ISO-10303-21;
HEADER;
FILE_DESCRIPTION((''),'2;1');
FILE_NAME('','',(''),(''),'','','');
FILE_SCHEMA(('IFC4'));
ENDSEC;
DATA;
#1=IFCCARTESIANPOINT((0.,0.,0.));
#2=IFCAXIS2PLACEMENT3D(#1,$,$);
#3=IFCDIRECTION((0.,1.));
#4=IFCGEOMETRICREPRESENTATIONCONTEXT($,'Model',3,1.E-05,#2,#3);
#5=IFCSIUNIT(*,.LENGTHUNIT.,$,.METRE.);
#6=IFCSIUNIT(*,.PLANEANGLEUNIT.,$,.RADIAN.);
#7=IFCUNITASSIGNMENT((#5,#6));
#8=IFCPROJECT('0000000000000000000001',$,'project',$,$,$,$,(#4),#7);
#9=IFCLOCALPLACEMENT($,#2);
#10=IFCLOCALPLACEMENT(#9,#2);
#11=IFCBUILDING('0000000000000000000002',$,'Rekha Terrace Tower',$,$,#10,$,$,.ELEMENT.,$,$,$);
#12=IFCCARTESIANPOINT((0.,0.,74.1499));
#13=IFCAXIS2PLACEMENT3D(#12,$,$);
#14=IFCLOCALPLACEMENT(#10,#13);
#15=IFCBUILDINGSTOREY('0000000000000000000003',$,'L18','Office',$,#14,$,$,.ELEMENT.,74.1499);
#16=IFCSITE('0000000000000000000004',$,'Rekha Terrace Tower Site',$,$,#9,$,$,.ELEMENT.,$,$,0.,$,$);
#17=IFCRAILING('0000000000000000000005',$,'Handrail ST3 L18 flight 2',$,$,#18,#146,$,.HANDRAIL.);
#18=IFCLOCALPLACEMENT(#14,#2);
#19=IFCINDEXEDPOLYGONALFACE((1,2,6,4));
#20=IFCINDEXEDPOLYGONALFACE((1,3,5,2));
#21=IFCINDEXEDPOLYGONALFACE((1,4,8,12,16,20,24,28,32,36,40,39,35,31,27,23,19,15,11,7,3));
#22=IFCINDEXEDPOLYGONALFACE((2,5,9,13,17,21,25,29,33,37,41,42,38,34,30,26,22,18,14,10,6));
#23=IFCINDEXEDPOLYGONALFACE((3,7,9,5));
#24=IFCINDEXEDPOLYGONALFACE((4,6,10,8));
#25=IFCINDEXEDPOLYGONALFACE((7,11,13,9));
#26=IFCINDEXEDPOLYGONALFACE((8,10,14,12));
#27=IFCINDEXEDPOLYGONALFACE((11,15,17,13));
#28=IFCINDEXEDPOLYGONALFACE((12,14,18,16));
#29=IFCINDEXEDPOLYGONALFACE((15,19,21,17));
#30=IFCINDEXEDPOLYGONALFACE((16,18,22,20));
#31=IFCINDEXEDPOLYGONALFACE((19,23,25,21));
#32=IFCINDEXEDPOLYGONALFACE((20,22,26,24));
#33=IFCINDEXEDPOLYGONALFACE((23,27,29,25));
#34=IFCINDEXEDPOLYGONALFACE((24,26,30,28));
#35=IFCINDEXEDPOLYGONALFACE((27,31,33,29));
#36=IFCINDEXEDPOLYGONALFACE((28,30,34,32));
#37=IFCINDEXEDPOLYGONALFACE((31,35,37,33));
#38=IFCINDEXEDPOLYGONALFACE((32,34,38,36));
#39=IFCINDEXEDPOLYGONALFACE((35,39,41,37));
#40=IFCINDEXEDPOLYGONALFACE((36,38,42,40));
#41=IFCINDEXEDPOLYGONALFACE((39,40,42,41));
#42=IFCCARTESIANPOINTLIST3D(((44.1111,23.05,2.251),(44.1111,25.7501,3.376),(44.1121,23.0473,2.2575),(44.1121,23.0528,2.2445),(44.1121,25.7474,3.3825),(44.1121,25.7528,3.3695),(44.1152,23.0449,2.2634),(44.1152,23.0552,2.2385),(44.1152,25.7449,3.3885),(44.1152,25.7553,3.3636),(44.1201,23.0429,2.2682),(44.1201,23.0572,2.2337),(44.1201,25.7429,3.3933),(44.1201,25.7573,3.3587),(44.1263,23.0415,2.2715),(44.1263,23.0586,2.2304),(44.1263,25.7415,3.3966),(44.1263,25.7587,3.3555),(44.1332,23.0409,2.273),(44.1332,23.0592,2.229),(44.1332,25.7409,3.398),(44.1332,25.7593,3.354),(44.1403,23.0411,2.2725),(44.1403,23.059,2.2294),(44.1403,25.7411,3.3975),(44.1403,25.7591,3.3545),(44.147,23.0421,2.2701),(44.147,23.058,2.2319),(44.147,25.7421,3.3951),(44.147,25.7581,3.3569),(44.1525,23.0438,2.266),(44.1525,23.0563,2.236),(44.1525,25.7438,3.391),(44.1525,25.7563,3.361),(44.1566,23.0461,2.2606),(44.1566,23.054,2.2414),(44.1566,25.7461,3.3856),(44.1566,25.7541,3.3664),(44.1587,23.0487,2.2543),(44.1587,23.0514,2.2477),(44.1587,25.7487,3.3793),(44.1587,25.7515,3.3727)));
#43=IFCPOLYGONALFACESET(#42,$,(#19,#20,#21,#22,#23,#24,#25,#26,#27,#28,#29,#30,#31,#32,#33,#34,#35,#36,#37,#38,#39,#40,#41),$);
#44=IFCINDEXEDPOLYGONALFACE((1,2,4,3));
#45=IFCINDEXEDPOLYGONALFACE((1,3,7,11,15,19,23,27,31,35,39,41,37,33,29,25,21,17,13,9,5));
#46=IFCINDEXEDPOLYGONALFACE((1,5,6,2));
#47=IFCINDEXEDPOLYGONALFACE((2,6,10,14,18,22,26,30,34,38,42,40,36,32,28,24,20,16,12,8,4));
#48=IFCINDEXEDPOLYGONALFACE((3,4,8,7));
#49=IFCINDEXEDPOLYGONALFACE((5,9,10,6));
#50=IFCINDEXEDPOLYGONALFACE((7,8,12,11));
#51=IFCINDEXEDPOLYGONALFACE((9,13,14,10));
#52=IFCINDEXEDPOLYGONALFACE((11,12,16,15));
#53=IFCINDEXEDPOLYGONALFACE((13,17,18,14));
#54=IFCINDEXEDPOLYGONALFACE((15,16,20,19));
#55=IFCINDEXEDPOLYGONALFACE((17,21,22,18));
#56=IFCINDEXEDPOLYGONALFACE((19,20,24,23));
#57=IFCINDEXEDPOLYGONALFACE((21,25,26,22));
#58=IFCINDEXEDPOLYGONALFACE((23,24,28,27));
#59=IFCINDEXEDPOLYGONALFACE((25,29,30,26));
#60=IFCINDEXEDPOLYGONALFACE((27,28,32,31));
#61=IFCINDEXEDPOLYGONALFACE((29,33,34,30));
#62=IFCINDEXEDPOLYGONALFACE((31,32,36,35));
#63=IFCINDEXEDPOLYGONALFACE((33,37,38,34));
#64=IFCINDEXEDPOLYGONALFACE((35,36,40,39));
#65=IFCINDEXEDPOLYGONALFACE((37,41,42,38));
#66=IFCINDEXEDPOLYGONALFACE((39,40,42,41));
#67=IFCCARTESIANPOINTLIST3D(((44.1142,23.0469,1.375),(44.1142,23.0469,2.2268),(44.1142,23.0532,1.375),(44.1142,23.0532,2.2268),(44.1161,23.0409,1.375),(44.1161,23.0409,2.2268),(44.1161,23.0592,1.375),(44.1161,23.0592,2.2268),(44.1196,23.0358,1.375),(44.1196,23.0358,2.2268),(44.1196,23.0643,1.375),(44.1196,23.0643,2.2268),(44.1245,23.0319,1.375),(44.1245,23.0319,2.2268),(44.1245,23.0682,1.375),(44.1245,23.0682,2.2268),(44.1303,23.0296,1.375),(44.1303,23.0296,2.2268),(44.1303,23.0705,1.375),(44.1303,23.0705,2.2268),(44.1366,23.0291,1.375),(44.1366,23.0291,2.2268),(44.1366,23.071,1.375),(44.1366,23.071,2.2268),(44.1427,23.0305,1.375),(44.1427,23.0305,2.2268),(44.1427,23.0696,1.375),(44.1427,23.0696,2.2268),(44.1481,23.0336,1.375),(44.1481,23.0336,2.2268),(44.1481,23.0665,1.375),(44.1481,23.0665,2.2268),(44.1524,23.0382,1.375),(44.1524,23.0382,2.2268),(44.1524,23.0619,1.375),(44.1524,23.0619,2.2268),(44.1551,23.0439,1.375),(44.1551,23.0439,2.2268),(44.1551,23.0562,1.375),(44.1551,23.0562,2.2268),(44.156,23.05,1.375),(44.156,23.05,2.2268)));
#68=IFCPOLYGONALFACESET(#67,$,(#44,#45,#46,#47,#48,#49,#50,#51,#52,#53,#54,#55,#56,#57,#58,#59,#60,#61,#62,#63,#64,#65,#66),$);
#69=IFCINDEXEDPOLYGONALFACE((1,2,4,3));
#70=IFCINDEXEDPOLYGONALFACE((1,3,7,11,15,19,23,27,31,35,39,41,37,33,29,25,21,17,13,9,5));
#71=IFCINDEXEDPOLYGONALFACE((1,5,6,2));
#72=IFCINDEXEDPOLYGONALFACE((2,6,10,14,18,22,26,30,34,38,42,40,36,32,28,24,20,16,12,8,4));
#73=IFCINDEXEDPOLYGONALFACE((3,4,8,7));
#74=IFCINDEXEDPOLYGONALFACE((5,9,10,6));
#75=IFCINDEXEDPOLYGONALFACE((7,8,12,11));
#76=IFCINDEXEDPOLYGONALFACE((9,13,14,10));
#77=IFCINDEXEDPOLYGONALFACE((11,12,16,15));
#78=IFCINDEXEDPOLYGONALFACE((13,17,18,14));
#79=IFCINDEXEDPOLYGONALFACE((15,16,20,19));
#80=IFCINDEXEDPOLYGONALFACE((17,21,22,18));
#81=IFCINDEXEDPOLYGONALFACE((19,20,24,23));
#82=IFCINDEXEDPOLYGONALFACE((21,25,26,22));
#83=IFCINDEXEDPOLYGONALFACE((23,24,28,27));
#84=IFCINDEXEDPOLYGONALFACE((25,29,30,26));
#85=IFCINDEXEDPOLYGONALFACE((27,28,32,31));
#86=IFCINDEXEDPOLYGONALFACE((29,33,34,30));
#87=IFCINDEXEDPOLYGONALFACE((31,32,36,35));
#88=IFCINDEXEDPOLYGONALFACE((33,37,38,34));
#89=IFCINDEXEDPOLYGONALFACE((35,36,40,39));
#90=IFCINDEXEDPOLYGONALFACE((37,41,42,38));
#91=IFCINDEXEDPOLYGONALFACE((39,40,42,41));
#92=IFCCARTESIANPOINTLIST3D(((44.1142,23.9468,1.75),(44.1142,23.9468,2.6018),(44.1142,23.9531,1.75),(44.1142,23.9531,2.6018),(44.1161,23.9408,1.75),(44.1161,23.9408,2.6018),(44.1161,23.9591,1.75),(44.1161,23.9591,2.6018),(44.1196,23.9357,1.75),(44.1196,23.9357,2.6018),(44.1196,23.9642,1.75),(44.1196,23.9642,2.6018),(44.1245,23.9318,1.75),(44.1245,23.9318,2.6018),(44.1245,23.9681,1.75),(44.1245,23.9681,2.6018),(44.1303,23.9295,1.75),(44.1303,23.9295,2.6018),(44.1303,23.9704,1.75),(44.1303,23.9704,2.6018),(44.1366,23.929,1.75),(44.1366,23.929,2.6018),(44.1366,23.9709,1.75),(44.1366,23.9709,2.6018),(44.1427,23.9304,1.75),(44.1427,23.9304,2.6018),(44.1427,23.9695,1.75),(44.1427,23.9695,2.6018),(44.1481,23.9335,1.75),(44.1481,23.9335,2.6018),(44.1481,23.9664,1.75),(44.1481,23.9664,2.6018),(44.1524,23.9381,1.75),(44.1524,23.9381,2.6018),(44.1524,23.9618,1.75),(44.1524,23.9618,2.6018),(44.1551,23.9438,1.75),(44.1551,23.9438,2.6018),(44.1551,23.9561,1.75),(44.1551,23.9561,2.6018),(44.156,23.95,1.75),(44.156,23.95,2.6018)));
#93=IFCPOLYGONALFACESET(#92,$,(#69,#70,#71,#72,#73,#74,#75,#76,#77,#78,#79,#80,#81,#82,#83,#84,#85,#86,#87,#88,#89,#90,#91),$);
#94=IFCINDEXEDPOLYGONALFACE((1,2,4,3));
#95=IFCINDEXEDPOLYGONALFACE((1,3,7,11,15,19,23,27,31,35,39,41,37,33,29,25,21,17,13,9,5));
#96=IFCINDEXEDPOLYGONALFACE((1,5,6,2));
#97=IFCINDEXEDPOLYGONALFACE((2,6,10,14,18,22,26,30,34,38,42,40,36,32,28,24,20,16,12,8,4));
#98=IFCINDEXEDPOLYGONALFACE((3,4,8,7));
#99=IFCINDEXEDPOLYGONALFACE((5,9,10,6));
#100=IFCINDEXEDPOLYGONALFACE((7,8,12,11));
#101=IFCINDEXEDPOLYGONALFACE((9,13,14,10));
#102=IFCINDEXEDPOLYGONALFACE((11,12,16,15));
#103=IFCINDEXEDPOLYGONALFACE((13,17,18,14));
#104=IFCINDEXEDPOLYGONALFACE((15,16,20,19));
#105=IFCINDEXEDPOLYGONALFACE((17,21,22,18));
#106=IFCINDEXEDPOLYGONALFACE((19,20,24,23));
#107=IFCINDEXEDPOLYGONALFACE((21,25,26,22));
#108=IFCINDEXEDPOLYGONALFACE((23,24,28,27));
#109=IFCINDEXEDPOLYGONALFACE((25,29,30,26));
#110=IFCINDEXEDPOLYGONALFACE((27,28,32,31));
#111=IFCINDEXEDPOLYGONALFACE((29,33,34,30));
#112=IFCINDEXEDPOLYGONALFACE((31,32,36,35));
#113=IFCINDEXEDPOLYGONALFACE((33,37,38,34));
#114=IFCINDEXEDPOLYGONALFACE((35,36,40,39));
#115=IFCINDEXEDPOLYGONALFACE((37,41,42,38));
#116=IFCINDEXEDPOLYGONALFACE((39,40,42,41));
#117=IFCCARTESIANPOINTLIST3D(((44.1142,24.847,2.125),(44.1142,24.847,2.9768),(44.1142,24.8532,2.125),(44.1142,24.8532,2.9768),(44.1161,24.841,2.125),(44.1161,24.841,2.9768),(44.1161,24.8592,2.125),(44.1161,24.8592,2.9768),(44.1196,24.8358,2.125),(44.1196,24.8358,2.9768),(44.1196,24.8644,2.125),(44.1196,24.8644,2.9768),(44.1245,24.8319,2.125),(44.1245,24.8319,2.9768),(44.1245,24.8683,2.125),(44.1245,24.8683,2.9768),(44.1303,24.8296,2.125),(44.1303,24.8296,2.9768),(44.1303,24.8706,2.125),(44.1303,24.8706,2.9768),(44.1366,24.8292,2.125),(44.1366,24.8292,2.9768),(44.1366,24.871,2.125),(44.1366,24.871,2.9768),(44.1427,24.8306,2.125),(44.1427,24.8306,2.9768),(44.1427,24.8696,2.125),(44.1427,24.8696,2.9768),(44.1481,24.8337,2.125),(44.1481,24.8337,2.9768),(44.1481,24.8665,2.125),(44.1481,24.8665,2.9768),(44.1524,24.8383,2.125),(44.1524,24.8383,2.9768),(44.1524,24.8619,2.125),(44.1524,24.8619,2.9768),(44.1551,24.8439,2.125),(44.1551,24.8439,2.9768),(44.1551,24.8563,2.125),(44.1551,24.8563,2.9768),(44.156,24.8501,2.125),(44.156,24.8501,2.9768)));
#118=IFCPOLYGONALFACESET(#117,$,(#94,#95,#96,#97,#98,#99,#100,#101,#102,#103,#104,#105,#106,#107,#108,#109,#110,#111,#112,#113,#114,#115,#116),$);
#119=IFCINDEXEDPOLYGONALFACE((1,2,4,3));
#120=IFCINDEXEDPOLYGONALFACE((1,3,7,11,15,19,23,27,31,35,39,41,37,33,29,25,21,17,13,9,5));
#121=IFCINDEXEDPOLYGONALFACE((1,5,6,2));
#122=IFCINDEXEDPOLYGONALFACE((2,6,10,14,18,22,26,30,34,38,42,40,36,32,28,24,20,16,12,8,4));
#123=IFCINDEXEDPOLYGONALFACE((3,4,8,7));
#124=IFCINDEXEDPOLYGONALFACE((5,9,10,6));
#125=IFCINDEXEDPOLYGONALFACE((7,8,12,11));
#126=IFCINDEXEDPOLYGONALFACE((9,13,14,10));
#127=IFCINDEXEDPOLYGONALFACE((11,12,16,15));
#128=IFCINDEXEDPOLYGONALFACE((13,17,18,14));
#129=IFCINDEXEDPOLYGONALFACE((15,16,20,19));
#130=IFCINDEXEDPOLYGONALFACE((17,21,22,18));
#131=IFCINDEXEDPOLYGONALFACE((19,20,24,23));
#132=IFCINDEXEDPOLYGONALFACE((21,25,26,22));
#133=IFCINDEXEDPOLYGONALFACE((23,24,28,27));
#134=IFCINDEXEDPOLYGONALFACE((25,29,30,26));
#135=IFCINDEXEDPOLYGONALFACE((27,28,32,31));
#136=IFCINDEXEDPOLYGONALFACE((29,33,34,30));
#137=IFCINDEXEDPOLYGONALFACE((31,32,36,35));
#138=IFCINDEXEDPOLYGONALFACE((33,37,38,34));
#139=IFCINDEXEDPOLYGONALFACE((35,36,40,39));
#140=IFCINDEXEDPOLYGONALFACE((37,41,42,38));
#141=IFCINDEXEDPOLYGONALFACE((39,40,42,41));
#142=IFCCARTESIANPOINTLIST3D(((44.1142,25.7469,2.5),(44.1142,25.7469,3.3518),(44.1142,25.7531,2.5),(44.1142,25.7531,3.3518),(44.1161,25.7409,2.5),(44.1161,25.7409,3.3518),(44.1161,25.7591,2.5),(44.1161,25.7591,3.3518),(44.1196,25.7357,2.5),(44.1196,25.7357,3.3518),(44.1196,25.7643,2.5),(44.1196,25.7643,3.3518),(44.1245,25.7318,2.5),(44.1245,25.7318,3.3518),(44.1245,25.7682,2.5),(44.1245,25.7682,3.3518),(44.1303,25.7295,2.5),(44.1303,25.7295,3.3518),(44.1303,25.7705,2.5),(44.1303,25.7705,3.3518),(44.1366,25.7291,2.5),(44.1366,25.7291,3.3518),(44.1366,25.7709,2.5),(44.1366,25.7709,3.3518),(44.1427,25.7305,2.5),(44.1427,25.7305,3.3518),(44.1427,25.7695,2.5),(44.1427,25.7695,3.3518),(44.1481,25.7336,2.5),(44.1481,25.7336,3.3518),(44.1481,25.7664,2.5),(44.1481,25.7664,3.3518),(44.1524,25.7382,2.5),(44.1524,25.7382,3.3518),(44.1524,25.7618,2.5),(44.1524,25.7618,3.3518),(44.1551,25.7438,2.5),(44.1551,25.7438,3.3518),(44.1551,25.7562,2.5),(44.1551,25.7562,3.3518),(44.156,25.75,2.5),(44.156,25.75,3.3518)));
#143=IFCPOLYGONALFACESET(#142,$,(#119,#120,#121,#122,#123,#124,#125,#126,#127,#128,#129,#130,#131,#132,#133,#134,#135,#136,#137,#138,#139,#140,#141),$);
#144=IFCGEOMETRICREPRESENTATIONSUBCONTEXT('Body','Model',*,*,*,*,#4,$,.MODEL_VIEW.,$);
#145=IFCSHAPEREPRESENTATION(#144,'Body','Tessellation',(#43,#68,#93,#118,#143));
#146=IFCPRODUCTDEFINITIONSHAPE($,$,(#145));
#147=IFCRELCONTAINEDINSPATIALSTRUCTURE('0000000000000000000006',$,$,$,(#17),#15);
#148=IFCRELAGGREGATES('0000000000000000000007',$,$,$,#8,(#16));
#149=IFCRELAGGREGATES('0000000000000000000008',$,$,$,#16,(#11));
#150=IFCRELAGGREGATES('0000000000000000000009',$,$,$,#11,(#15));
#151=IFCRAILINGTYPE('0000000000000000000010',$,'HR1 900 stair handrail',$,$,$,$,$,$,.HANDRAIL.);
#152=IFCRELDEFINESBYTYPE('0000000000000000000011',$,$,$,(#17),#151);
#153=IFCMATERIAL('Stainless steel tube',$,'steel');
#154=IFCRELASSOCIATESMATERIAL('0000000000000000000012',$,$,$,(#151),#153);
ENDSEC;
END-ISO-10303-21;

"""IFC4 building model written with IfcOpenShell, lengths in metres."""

from ifc_helpers import new_model, si_unit, direction, frame, origin, origin_2d, place, context, subcontext, project, spatial, circle, extrude, material, type_object, element, save


model = new_model("IFC4")

# Units and contexts
model_context = context("Model", 3, precision=1e-05, world=origin(), true_north=direction((0.0, 1.0)))
body_context = subcontext(model_context, "Body", "Model", "MODEL_VIEW")
ifc_project = project(units=[si_unit("LENGTHUNIT", "METRE"), si_unit("PLANEANGLEUNIT", "RADIAN")], contexts=[model_context])

# Site, building, storey
site_placement = place(None, origin())
site = spatial("IfcSite", under=ifc_project, at=site_placement, Name="Rekha Terrace Tower Site", CompositionType="ELEMENT", RefElevation=0.0)
building_placement = place(site_placement, origin())
building = spatial("IfcBuilding", under=site, at=building_placement, Name="Rekha Terrace Tower", CompositionType="ELEMENT")
storey_placement = place(building_placement, frame((0.0, 0.0, 74.1499)))
storey = spatial("IfcBuildingStorey", under=building, at=storey_placement, Name="L18", Description="Office", CompositionType="ELEMENT", Elevation=74.1499)

# Railing
ifc_material_1 = material(Name="Stainless steel tube", Category="steel")
railing_type = type_object("IfcRailingType", Name="HR1 900 stair handrail", PredefinedType="HANDRAIL", material=ifc_material_1)
railing_placement = place(storey_placement, frame((44.135, 23.05, 1.375)))
element("IfcRailing", 1, at=railing_placement, inside=storey, type_object=railing_type, Name="Handrail ST3 L18 flight 2", PredefinedType="HANDRAIL", context=body_context, shape_type="SweptSolid", body=[
    extrude(circle(Radius=0.0239, at=origin_2d()), frame((0.0, 0.0, 0.876), z_axis=(0.0, 0.923074, 0.384621), x_axis=(-1.0, 0.0, 0.0)), (0.0, 0.0, 1.0), 2.925),
    extrude(circle(Radius=0.021, at=origin_2d()), origin(), (0.0, 0.0, 1.0), 0.8518),
    extrude(circle(Radius=0.021, at=origin_2d()), frame((0.0, 0.8999, 0.375)), (0.0, 0.0, 1.0), 0.8518),
    extrude(circle(Radius=0.021, at=origin_2d()), frame((0.0, 1.8, 0.75)), (0.0, 0.0, 1.0), 0.8518),
    extrude(circle(Radius=0.021, at=origin_2d()), frame((0.0, 2.7, 1.125)), (0.0, 0.0, 1.0), 0.8518),
])

save(model, "model.ifc")
